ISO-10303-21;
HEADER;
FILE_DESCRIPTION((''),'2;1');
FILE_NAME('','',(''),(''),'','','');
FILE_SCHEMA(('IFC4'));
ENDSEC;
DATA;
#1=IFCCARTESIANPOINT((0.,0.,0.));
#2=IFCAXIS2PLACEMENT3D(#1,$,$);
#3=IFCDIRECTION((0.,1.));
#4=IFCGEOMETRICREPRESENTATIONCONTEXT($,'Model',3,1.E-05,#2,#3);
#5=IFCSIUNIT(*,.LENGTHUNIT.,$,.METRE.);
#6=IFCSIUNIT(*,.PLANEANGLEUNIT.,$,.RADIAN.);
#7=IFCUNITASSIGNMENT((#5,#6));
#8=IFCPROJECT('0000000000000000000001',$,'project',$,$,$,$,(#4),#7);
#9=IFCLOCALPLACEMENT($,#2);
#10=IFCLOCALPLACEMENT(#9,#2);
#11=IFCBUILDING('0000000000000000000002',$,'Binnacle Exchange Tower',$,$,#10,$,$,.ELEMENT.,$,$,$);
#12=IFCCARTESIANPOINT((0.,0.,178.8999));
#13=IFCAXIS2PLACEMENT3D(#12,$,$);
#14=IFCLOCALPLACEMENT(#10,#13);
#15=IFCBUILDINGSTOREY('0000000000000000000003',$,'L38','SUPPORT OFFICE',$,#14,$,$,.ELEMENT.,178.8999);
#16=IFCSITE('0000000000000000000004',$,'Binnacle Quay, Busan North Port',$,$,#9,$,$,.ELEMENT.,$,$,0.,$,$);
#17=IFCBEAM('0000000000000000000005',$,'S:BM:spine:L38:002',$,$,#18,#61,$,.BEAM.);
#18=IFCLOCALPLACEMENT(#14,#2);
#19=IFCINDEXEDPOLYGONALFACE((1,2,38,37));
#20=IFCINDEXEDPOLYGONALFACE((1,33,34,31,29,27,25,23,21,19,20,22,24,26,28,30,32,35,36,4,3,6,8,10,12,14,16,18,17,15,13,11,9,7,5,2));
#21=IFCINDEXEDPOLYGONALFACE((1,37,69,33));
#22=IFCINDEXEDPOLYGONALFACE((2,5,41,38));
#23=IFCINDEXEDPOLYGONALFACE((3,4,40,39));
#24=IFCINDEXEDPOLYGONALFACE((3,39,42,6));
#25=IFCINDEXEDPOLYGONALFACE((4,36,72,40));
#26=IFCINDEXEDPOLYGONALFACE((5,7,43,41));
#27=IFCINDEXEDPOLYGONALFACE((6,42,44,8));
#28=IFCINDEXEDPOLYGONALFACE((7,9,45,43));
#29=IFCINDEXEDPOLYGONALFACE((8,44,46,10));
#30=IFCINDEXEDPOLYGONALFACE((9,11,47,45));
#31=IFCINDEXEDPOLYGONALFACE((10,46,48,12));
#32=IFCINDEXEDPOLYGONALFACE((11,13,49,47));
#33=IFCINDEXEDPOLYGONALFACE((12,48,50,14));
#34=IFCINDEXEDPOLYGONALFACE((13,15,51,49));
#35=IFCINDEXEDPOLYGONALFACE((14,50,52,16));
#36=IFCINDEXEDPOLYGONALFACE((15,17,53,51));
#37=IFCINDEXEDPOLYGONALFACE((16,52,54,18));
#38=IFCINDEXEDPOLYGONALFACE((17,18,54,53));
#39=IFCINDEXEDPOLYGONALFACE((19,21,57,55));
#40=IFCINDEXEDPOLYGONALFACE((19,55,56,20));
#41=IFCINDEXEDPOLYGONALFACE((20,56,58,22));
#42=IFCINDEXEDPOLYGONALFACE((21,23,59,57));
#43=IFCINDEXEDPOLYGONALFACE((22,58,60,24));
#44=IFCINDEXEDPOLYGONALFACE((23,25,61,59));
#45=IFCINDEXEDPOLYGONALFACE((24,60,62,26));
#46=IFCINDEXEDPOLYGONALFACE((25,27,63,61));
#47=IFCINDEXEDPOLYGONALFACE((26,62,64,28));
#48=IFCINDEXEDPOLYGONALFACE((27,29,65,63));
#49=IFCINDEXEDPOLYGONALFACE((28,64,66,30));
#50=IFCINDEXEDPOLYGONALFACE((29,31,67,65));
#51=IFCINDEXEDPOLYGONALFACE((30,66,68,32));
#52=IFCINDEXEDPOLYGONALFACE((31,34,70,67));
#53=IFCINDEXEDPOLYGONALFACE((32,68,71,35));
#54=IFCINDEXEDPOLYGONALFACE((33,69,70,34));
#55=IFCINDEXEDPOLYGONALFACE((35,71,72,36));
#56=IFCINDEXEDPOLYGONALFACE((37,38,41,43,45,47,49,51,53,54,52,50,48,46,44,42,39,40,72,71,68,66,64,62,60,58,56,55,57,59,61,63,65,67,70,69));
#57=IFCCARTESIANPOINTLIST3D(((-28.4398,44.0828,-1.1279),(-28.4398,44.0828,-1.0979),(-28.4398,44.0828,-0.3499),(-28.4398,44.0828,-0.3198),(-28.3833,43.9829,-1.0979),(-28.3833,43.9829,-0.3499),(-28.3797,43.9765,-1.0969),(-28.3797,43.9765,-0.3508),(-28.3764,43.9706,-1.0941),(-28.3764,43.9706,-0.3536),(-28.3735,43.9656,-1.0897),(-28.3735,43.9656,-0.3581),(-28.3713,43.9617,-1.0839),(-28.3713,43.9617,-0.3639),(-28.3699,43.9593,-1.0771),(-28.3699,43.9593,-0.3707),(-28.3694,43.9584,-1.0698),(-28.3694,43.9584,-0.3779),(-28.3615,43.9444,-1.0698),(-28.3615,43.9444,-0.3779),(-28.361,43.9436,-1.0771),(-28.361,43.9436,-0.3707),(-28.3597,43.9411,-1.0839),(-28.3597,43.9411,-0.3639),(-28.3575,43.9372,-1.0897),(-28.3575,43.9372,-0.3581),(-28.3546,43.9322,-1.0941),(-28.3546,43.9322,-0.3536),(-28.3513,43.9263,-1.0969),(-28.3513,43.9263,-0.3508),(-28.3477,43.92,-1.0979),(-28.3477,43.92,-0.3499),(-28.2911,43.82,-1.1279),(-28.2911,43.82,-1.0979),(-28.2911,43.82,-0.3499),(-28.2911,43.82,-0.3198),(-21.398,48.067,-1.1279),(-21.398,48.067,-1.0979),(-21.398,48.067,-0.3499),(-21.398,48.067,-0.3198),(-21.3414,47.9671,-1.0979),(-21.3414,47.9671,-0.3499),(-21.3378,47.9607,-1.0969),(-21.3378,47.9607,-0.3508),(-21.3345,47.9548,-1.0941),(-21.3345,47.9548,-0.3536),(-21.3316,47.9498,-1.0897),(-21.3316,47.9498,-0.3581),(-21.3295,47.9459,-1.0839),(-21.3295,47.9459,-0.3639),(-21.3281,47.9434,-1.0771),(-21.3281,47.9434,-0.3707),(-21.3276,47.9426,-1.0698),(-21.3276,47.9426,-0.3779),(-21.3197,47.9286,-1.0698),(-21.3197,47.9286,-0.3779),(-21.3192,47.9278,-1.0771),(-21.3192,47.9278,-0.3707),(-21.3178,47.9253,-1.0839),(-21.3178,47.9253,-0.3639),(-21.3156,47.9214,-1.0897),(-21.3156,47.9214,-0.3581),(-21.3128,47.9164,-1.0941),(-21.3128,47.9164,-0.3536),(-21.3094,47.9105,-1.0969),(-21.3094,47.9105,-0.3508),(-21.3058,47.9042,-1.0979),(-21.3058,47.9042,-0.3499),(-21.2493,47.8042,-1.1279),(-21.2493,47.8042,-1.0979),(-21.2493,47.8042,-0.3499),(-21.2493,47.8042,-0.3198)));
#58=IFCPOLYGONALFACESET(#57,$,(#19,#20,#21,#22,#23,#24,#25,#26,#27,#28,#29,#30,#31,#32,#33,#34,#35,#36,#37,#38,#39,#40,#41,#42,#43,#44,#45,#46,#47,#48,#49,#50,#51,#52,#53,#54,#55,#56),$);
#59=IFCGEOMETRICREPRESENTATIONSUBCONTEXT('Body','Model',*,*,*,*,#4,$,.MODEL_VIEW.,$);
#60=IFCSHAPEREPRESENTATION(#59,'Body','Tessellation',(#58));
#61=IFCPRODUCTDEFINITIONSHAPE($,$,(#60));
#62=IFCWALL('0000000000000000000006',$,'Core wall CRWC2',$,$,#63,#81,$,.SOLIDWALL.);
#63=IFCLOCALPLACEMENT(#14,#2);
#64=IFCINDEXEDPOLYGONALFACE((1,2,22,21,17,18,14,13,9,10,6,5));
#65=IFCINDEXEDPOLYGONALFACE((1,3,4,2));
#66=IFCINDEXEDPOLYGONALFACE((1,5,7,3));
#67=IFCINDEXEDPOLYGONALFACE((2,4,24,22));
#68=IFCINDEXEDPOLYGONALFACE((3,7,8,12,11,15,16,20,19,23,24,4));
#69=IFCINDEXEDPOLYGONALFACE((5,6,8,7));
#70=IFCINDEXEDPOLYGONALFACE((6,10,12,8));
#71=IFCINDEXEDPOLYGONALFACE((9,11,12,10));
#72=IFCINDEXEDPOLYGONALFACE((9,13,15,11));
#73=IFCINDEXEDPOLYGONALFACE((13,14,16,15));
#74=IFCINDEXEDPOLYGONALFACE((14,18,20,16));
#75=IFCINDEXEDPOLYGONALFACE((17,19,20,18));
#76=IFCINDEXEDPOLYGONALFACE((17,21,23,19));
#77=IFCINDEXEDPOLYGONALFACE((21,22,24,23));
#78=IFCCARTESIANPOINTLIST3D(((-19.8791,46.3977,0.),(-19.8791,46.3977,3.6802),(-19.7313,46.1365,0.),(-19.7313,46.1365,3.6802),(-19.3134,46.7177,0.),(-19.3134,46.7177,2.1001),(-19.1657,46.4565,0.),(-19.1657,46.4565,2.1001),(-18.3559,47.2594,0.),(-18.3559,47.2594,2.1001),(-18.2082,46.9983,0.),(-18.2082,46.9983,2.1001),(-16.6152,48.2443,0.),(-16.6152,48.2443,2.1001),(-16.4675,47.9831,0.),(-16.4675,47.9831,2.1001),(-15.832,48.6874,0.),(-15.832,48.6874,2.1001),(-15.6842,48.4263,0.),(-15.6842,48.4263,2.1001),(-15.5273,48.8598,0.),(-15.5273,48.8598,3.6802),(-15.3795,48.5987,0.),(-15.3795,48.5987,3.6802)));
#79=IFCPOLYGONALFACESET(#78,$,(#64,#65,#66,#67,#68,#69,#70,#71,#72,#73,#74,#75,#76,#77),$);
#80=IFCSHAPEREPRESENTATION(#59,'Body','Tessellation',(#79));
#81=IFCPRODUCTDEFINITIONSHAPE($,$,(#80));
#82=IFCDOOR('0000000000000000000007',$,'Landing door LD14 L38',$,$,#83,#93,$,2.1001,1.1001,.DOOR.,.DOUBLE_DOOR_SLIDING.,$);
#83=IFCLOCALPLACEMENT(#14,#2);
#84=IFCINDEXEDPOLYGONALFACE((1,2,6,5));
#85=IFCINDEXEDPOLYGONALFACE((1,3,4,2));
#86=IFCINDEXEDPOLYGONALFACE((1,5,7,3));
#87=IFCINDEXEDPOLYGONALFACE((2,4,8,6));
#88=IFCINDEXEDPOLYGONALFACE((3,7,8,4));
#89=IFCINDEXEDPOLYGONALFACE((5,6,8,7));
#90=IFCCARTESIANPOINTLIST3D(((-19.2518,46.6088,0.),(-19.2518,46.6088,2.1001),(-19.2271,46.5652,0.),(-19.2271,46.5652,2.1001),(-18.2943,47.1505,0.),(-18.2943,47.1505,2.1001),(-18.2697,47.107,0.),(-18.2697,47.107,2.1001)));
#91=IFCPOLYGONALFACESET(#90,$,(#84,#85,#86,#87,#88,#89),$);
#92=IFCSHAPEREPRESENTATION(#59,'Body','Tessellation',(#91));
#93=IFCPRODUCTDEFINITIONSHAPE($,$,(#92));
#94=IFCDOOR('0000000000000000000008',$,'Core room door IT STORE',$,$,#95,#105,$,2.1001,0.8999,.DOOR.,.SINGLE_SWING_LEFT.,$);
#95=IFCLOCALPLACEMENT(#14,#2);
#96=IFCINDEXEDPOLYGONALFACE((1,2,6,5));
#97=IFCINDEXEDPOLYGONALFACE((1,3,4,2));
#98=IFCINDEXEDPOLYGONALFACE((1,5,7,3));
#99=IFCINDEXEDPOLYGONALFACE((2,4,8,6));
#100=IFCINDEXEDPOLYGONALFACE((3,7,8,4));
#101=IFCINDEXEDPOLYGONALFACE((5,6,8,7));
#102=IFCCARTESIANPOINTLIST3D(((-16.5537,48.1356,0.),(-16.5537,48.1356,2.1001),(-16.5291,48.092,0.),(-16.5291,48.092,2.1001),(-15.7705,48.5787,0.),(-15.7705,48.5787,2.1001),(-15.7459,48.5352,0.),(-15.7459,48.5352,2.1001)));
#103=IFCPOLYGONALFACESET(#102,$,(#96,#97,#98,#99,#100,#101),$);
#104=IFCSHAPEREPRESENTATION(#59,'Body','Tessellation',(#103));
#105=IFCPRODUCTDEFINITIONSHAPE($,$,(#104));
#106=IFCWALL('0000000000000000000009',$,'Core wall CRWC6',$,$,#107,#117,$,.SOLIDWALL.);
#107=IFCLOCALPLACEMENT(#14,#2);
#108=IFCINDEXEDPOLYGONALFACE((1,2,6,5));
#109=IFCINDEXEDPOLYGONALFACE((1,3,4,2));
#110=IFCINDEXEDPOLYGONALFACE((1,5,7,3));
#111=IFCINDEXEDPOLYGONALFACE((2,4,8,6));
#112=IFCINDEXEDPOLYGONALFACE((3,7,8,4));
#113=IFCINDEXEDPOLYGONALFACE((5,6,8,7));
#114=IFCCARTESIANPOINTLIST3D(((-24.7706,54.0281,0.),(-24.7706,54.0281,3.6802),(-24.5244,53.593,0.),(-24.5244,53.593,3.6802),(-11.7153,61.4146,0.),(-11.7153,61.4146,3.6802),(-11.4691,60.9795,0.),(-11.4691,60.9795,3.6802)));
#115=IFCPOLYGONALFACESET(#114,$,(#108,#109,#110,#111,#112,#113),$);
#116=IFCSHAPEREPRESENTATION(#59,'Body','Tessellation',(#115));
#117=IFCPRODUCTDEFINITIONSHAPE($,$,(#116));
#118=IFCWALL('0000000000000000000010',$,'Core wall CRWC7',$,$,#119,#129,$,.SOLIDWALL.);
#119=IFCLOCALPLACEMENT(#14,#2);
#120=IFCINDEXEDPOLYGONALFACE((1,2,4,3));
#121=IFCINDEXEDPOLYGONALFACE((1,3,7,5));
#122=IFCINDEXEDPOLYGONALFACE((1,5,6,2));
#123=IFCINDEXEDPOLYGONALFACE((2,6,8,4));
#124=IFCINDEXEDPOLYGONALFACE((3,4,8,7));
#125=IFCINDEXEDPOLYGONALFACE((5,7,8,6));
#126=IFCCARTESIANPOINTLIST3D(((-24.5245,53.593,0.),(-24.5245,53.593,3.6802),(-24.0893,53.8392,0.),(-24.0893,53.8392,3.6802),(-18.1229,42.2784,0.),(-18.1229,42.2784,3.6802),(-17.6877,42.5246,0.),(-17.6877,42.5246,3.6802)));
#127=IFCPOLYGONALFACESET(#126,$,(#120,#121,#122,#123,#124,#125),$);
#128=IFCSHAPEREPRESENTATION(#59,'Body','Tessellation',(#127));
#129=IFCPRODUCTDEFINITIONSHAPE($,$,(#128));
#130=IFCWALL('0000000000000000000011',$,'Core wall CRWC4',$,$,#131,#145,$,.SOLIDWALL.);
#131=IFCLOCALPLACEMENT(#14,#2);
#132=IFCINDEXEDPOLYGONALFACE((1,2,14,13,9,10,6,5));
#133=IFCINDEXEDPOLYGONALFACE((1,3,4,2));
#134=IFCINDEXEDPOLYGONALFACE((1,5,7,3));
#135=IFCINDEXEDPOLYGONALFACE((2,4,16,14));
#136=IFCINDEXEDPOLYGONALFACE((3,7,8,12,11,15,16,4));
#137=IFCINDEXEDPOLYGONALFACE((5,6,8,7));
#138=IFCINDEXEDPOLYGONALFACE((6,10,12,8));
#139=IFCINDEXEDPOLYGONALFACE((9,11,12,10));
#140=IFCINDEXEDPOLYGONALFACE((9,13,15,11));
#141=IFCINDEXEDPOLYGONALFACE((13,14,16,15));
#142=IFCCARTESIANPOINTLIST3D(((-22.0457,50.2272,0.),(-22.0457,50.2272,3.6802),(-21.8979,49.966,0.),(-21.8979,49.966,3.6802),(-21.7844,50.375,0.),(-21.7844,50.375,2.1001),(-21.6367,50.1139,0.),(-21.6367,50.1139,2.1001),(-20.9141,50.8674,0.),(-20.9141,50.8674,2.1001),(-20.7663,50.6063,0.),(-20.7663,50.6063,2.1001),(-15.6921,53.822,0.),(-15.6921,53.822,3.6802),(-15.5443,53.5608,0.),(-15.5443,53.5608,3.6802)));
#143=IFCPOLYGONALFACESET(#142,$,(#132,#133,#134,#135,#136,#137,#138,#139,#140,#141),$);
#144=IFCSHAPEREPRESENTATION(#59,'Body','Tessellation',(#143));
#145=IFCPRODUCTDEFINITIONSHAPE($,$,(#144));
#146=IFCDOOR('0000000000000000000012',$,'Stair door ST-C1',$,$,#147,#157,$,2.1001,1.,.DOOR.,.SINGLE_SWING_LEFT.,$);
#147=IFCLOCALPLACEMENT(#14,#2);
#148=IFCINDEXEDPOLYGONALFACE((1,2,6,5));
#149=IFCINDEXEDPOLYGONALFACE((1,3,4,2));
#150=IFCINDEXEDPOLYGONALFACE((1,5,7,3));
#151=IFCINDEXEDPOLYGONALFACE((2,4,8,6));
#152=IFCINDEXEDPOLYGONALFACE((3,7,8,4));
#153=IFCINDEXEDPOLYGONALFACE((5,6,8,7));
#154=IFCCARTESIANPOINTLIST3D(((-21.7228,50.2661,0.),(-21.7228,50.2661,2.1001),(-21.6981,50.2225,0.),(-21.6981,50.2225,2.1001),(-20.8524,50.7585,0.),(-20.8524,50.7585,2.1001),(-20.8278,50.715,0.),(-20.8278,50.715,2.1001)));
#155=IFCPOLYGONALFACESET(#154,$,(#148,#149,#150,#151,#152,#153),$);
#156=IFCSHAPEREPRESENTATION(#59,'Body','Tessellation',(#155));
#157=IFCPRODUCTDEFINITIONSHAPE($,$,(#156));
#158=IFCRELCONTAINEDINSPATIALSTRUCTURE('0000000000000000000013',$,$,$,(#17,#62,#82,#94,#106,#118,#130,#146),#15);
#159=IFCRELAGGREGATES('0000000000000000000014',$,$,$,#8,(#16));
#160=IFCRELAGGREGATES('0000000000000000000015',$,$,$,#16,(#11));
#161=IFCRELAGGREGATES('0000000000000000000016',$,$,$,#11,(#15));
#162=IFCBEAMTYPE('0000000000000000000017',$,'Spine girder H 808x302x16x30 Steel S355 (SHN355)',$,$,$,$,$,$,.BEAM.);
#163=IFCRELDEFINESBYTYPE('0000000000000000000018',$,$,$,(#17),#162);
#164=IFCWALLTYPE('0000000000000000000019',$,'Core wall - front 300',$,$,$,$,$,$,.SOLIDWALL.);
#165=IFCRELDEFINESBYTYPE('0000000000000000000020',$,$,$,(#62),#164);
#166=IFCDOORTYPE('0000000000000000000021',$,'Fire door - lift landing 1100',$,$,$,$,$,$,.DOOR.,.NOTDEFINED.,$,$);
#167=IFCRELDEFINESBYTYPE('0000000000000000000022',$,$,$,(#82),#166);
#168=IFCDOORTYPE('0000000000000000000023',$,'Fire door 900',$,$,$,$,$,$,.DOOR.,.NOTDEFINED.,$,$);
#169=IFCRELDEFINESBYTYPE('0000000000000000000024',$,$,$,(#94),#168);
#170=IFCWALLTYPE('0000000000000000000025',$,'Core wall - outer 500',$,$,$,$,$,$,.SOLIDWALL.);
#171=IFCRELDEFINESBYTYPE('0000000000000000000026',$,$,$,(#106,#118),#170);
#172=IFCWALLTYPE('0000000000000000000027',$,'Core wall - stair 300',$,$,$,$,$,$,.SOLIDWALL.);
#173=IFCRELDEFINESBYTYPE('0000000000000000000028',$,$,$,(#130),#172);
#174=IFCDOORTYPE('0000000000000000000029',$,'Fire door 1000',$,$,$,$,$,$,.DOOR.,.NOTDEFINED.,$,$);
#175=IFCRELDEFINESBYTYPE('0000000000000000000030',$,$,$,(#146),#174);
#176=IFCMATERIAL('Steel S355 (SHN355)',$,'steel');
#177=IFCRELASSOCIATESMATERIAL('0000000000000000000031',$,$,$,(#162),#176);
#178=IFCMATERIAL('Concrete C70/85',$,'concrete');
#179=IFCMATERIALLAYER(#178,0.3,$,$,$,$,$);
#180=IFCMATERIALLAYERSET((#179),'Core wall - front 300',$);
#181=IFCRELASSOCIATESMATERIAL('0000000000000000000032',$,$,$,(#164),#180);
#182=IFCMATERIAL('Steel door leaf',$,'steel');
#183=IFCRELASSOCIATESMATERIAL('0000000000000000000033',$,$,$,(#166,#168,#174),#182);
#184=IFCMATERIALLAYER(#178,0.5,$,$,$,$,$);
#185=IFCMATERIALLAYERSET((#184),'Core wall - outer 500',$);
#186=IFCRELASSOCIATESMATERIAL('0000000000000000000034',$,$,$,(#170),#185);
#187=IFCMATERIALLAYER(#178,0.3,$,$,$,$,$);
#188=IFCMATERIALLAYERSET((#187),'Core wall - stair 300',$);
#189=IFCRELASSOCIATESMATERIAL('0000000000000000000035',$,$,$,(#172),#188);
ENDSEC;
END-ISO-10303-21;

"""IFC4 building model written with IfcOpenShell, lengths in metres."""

from ifc_helpers import new_model, si_unit, direction, frame, frame_2d, origin, origin_2d, place, context, subcontext, project, spatial, rectangle, i_section, extrude, material, layer, layer_set, material_profile, profile_set, type_object, element, fill, save


model = new_model("IFC4")

# Units and contexts
model_context = context("Model", 3, precision=1e-05, world=origin(), true_north=direction((0.0, 1.0)))
body_context = subcontext(model_context, "Body", "Model", "MODEL_VIEW")
ifc_project = project(units=[si_unit("LENGTHUNIT", "METRE"), si_unit("PLANEANGLEUNIT", "RADIAN")], contexts=[model_context])

# Site, building, storey
site_placement = place(None, origin())
site = spatial("IfcSite", under=ifc_project, at=site_placement, Name="Binnacle Quay, Busan North Port", CompositionType="ELEMENT", RefElevation=0.0)
building_placement = place(site_placement, origin())
building = spatial("IfcBuilding", under=site, at=building_placement, Name="Binnacle Exchange Tower", CompositionType="ELEMENT")
storey_placement = place(building_placement, frame((0.0, 0.0, 178.8999)))
storey = spatial("IfcBuildingStorey", under=building, at=storey_placement, Name="L38", Description="SUPPORT OFFICE", CompositionType="ELEMENT", Elevation=178.8999)

# Shared definitions
ifc_material_1 = material(Name="Concrete C70/85", Category="concrete")

# Beam
ifc_material_2 = material(Name="Steel S355 (SHN355)", Category="steel")
ifc_material_profile_1 = material_profile(ifc_material_2, i_section(OverallWidth=0.302, OverallDepth=0.8081, WebThickness=0.0161, FlangeThickness=0.03, FilletRadius=0.0281, at=origin_2d()), Name="H 808x302x16x30")
ifc_profile_set_1 = profile_set([ifc_material_profile_1], Name="Steel S355 (SHN355)")
beam_type_1 = type_object("IfcBeamType", Name="Spine girder H 808x302x16x30 Steel S355 (SHN355)", PredefinedType="BEAM", material=ifc_profile_set_1)
beam_1_placement = place(storey_placement, frame((-28.3655, 43.9514, -0.7239), z_axis=(0.87035, 0.492433, 0.0), x_axis=(-0.492433, 0.87035, 0.0)))
element("IfcBeam", 1, at=beam_1_placement, inside=storey, type_object=beam_type_1, Name="S:BM:spine:L38:002", PredefinedType="BEAM", context=body_context, shape_type="SweptSolid", body=[
    extrude(i_section(OverallWidth=0.302, OverallDepth=0.8081, WebThickness=0.0161, FlangeThickness=0.03, FilletRadius=0.0281, at=origin_2d()), origin(), (0.0, 0.0, 1.0), 8.0908),
])

# Wall, openings, doors
ifc_layer_1 = layer(ifc_material_1, 0.3)
ifc_layer_set_1 = layer_set([ifc_layer_1], Name="Core wall - front 300")
wall_type_1 = type_object("IfcWallType", Name="Core wall - front 300", PredefinedType="SOLIDWALL", material=ifc_layer_set_1)
wall_1_placement = place(storey_placement, frame((-19.8052, 46.2671, 0.0), z_axis=(0.0, 0.0, 1.0), x_axis=(0.870354, 0.492427, 0.0)))
wall_1 = element("IfcWall", 2, at=wall_1_placement, inside=storey, type_object=wall_type_1, Name="Core wall CRWC2", PredefinedType="SOLIDWALL", context=body_context, shape_type="SweptSolid", body=[
    extrude(rectangle(XDim=5.0, YDim=0.3, at=frame_2d((2.5, 0.0))), origin(), (0.0, 0.0, 1.0), 3.6802),
])
opening_1_placement = place(wall_1_placement, frame((0.6499, 0.0, 0.0)))
opening_1 = element("IfcOpeningElement", 3, at=opening_1_placement, cuts=wall_1, PredefinedType="OPENING", context=body_context, shape_type="SweptSolid", body=[
    extrude(rectangle(XDim=1.1001, YDim=2.1001, at=frame_2d((0.55, 1.05))), frame((0.0, 0.1599, 0.0), z_axis=(0.0, -1.0, 0.0), x_axis=(1.0, 0.0, 0.0)), (0.0, 0.0, 1.0), 0.3201),
])
opening_2_placement = place(wall_1_placement, frame((3.75, 0.0, 0.0)))
opening_2 = element("IfcOpeningElement", 4, at=opening_2_placement, cuts=wall_1, PredefinedType="OPENING", context=body_context, shape_type="SweptSolid", body=[
    extrude(rectangle(XDim=0.8999, YDim=2.1001, at=frame_2d((0.45, 1.05))), frame((0.0, 0.1599, 0.0), z_axis=(0.0, -1.0, 0.0), x_axis=(1.0, 0.0, 0.0)), (0.0, 0.0, 1.0), 0.3201),
])
ifc_material_3 = material(Name="Steel door leaf", Category="steel")
door_type_1 = type_object("IfcDoorType", Name="Fire door - lift landing 1100", OperationType="NOTDEFINED", PredefinedType="DOOR", material=ifc_material_3)
door_1_placement = place(opening_1_placement, origin())
door_1 = element("IfcDoor", 5, at=door_1_placement, inside=storey, type_object=door_type_1, Name="Landing door LD14 L38", OperationType="DOUBLE_DOOR_SLIDING", OverallHeight=2.1001, OverallWidth=1.1001, PredefinedType="DOOR", context=body_context, shape_type="SweptSolid", body=[
    extrude(rectangle(XDim=1.1001, YDim=2.1001, at=frame_2d((0.55, 1.05))), frame((0.0, 0.0249, 0.0), z_axis=(0.0, -1.0, 0.0), x_axis=(1.0, 0.0, 0.0)), (0.0, 0.0, 1.0), 0.05),
])
fill(opening_1, door_1)
door_type_2 = type_object("IfcDoorType", Name="Fire door 900", OperationType="NOTDEFINED", PredefinedType="DOOR", material=ifc_material_3)
door_2_placement = place(opening_2_placement, frame((0.8999, 0.0, 0.0), z_axis=(0.0, 0.0, 1.0), x_axis=(-1.0, 0.0, 0.0)))
door_2 = element("IfcDoor", 6, at=door_2_placement, inside=storey, type_object=door_type_2, Name="Core room door IT STORE", OperationType="SINGLE_SWING_LEFT", OverallHeight=2.1001, OverallWidth=0.8999, PredefinedType="DOOR", context=body_context, shape_type="SweptSolid", body=[
    extrude(rectangle(XDim=0.8999, YDim=2.1001, at=frame_2d((0.45, 1.05))), frame((0.0, 0.0249, 0.0), z_axis=(0.0, -1.0, 0.0), x_axis=(1.0, 0.0, 0.0)), (0.0, 0.0, 1.0), 0.05),
])
fill(opening_2, door_2)

# Walls
ifc_layer_2 = layer(ifc_material_1, 0.5)
ifc_layer_set_2 = layer_set([ifc_layer_2], Name="Core wall - outer 500")
wall_type_2 = type_object("IfcWallType", Name="Core wall - outer 500", PredefinedType="SOLIDWALL", material=ifc_layer_set_2)
wall_2_placement = place(storey_placement, frame((-24.6475, 53.8105, 0.0), z_axis=(0.0, 0.0, 1.0), x_axis=(0.87035, 0.492434, 0.0)))
element("IfcWall", 7, at=wall_2_placement, inside=storey, type_object=wall_type_2, Name="Core wall CRWC6", PredefinedType="SOLIDWALL", context=body_context, shape_type="SweptSolid", body=[
    extrude(rectangle(XDim=15.0, YDim=0.5, at=frame_2d((7.5, 0.0))), origin(), (0.0, 0.0, 1.0), 3.6802),
])
wall_3_placement = place(storey_placement, frame((-24.3069, 53.7161, 0.0), z_axis=(0.0, 0.0, 1.0), x_axis=(0.492427, -0.870354, 0.0)))
element("IfcWall", 8, at=wall_3_placement, inside=storey, type_object=wall_type_2, Name="Core wall CRWC7", PredefinedType="SOLIDWALL", context=body_context, shape_type="SweptSolid", body=[
    extrude(rectangle(XDim=13.0, YDim=0.5, at=frame_2d((6.5, 0.0))), origin(), (0.0, 0.0, 1.0), 3.6802),
])

# Wall, opening, door
ifc_layer_3 = layer(ifc_material_1, 0.3)
ifc_layer_set_3 = layer_set([ifc_layer_3], Name="Core wall - stair 300")
wall_type_3 = type_object("IfcWallType", Name="Core wall - stair 300", PredefinedType="SOLIDWALL", material=ifc_layer_set_3)
wall_4_placement = place(storey_placement, frame((-21.9717, 50.0967, 0.0), z_axis=(0.0, 0.0, 1.0), x_axis=(0.870351, 0.492432, 0.0)))
wall_4 = element("IfcWall", 9, at=wall_4_placement, inside=storey, type_object=wall_type_3, Name="Core wall CRWC4", PredefinedType="SOLIDWALL", context=body_context, shape_type="SweptSolid", body=[
    extrude(rectangle(XDim=7.3, YDim=0.3, at=frame_2d((3.6499, 0.0))), origin(), (0.0, 0.0, 1.0), 3.6802),
])
opening_3_placement = place(wall_4_placement, frame((0.3, 0.0, 0.0)))
opening_3 = element("IfcOpeningElement", 10, at=opening_3_placement, cuts=wall_4, PredefinedType="OPENING", context=body_context, shape_type="SweptSolid", body=[
    extrude(rectangle(XDim=1.0, YDim=2.1001, at=frame_2d((0.5, 1.05))), frame((0.0, 0.1599, 0.0), z_axis=(0.0, -1.0, 0.0), x_axis=(1.0, 0.0, 0.0)), (0.0, 0.0, 1.0), 0.3201),
])
door_type_3 = type_object("IfcDoorType", Name="Fire door 1000", OperationType="NOTDEFINED", PredefinedType="DOOR", material=ifc_material_3)
door_3_placement = place(opening_3_placement, origin())
door_3 = element("IfcDoor", 11, at=door_3_placement, inside=storey, type_object=door_type_3, Name="Stair door ST-C1", OperationType="SINGLE_SWING_LEFT", OverallHeight=2.1001, OverallWidth=1.0, PredefinedType="DOOR", context=body_context, shape_type="SweptSolid", body=[
    extrude(rectangle(XDim=1.0, YDim=2.1001, at=frame_2d((0.5, 1.05))), frame((0.0, 0.0249, 0.0), z_axis=(0.0, -1.0, 0.0), x_axis=(1.0, 0.0, 0.0)), (0.0, 0.0, 1.0), 0.05),
])
fill(opening_3, door_3)

save(model, "model.ifc")
